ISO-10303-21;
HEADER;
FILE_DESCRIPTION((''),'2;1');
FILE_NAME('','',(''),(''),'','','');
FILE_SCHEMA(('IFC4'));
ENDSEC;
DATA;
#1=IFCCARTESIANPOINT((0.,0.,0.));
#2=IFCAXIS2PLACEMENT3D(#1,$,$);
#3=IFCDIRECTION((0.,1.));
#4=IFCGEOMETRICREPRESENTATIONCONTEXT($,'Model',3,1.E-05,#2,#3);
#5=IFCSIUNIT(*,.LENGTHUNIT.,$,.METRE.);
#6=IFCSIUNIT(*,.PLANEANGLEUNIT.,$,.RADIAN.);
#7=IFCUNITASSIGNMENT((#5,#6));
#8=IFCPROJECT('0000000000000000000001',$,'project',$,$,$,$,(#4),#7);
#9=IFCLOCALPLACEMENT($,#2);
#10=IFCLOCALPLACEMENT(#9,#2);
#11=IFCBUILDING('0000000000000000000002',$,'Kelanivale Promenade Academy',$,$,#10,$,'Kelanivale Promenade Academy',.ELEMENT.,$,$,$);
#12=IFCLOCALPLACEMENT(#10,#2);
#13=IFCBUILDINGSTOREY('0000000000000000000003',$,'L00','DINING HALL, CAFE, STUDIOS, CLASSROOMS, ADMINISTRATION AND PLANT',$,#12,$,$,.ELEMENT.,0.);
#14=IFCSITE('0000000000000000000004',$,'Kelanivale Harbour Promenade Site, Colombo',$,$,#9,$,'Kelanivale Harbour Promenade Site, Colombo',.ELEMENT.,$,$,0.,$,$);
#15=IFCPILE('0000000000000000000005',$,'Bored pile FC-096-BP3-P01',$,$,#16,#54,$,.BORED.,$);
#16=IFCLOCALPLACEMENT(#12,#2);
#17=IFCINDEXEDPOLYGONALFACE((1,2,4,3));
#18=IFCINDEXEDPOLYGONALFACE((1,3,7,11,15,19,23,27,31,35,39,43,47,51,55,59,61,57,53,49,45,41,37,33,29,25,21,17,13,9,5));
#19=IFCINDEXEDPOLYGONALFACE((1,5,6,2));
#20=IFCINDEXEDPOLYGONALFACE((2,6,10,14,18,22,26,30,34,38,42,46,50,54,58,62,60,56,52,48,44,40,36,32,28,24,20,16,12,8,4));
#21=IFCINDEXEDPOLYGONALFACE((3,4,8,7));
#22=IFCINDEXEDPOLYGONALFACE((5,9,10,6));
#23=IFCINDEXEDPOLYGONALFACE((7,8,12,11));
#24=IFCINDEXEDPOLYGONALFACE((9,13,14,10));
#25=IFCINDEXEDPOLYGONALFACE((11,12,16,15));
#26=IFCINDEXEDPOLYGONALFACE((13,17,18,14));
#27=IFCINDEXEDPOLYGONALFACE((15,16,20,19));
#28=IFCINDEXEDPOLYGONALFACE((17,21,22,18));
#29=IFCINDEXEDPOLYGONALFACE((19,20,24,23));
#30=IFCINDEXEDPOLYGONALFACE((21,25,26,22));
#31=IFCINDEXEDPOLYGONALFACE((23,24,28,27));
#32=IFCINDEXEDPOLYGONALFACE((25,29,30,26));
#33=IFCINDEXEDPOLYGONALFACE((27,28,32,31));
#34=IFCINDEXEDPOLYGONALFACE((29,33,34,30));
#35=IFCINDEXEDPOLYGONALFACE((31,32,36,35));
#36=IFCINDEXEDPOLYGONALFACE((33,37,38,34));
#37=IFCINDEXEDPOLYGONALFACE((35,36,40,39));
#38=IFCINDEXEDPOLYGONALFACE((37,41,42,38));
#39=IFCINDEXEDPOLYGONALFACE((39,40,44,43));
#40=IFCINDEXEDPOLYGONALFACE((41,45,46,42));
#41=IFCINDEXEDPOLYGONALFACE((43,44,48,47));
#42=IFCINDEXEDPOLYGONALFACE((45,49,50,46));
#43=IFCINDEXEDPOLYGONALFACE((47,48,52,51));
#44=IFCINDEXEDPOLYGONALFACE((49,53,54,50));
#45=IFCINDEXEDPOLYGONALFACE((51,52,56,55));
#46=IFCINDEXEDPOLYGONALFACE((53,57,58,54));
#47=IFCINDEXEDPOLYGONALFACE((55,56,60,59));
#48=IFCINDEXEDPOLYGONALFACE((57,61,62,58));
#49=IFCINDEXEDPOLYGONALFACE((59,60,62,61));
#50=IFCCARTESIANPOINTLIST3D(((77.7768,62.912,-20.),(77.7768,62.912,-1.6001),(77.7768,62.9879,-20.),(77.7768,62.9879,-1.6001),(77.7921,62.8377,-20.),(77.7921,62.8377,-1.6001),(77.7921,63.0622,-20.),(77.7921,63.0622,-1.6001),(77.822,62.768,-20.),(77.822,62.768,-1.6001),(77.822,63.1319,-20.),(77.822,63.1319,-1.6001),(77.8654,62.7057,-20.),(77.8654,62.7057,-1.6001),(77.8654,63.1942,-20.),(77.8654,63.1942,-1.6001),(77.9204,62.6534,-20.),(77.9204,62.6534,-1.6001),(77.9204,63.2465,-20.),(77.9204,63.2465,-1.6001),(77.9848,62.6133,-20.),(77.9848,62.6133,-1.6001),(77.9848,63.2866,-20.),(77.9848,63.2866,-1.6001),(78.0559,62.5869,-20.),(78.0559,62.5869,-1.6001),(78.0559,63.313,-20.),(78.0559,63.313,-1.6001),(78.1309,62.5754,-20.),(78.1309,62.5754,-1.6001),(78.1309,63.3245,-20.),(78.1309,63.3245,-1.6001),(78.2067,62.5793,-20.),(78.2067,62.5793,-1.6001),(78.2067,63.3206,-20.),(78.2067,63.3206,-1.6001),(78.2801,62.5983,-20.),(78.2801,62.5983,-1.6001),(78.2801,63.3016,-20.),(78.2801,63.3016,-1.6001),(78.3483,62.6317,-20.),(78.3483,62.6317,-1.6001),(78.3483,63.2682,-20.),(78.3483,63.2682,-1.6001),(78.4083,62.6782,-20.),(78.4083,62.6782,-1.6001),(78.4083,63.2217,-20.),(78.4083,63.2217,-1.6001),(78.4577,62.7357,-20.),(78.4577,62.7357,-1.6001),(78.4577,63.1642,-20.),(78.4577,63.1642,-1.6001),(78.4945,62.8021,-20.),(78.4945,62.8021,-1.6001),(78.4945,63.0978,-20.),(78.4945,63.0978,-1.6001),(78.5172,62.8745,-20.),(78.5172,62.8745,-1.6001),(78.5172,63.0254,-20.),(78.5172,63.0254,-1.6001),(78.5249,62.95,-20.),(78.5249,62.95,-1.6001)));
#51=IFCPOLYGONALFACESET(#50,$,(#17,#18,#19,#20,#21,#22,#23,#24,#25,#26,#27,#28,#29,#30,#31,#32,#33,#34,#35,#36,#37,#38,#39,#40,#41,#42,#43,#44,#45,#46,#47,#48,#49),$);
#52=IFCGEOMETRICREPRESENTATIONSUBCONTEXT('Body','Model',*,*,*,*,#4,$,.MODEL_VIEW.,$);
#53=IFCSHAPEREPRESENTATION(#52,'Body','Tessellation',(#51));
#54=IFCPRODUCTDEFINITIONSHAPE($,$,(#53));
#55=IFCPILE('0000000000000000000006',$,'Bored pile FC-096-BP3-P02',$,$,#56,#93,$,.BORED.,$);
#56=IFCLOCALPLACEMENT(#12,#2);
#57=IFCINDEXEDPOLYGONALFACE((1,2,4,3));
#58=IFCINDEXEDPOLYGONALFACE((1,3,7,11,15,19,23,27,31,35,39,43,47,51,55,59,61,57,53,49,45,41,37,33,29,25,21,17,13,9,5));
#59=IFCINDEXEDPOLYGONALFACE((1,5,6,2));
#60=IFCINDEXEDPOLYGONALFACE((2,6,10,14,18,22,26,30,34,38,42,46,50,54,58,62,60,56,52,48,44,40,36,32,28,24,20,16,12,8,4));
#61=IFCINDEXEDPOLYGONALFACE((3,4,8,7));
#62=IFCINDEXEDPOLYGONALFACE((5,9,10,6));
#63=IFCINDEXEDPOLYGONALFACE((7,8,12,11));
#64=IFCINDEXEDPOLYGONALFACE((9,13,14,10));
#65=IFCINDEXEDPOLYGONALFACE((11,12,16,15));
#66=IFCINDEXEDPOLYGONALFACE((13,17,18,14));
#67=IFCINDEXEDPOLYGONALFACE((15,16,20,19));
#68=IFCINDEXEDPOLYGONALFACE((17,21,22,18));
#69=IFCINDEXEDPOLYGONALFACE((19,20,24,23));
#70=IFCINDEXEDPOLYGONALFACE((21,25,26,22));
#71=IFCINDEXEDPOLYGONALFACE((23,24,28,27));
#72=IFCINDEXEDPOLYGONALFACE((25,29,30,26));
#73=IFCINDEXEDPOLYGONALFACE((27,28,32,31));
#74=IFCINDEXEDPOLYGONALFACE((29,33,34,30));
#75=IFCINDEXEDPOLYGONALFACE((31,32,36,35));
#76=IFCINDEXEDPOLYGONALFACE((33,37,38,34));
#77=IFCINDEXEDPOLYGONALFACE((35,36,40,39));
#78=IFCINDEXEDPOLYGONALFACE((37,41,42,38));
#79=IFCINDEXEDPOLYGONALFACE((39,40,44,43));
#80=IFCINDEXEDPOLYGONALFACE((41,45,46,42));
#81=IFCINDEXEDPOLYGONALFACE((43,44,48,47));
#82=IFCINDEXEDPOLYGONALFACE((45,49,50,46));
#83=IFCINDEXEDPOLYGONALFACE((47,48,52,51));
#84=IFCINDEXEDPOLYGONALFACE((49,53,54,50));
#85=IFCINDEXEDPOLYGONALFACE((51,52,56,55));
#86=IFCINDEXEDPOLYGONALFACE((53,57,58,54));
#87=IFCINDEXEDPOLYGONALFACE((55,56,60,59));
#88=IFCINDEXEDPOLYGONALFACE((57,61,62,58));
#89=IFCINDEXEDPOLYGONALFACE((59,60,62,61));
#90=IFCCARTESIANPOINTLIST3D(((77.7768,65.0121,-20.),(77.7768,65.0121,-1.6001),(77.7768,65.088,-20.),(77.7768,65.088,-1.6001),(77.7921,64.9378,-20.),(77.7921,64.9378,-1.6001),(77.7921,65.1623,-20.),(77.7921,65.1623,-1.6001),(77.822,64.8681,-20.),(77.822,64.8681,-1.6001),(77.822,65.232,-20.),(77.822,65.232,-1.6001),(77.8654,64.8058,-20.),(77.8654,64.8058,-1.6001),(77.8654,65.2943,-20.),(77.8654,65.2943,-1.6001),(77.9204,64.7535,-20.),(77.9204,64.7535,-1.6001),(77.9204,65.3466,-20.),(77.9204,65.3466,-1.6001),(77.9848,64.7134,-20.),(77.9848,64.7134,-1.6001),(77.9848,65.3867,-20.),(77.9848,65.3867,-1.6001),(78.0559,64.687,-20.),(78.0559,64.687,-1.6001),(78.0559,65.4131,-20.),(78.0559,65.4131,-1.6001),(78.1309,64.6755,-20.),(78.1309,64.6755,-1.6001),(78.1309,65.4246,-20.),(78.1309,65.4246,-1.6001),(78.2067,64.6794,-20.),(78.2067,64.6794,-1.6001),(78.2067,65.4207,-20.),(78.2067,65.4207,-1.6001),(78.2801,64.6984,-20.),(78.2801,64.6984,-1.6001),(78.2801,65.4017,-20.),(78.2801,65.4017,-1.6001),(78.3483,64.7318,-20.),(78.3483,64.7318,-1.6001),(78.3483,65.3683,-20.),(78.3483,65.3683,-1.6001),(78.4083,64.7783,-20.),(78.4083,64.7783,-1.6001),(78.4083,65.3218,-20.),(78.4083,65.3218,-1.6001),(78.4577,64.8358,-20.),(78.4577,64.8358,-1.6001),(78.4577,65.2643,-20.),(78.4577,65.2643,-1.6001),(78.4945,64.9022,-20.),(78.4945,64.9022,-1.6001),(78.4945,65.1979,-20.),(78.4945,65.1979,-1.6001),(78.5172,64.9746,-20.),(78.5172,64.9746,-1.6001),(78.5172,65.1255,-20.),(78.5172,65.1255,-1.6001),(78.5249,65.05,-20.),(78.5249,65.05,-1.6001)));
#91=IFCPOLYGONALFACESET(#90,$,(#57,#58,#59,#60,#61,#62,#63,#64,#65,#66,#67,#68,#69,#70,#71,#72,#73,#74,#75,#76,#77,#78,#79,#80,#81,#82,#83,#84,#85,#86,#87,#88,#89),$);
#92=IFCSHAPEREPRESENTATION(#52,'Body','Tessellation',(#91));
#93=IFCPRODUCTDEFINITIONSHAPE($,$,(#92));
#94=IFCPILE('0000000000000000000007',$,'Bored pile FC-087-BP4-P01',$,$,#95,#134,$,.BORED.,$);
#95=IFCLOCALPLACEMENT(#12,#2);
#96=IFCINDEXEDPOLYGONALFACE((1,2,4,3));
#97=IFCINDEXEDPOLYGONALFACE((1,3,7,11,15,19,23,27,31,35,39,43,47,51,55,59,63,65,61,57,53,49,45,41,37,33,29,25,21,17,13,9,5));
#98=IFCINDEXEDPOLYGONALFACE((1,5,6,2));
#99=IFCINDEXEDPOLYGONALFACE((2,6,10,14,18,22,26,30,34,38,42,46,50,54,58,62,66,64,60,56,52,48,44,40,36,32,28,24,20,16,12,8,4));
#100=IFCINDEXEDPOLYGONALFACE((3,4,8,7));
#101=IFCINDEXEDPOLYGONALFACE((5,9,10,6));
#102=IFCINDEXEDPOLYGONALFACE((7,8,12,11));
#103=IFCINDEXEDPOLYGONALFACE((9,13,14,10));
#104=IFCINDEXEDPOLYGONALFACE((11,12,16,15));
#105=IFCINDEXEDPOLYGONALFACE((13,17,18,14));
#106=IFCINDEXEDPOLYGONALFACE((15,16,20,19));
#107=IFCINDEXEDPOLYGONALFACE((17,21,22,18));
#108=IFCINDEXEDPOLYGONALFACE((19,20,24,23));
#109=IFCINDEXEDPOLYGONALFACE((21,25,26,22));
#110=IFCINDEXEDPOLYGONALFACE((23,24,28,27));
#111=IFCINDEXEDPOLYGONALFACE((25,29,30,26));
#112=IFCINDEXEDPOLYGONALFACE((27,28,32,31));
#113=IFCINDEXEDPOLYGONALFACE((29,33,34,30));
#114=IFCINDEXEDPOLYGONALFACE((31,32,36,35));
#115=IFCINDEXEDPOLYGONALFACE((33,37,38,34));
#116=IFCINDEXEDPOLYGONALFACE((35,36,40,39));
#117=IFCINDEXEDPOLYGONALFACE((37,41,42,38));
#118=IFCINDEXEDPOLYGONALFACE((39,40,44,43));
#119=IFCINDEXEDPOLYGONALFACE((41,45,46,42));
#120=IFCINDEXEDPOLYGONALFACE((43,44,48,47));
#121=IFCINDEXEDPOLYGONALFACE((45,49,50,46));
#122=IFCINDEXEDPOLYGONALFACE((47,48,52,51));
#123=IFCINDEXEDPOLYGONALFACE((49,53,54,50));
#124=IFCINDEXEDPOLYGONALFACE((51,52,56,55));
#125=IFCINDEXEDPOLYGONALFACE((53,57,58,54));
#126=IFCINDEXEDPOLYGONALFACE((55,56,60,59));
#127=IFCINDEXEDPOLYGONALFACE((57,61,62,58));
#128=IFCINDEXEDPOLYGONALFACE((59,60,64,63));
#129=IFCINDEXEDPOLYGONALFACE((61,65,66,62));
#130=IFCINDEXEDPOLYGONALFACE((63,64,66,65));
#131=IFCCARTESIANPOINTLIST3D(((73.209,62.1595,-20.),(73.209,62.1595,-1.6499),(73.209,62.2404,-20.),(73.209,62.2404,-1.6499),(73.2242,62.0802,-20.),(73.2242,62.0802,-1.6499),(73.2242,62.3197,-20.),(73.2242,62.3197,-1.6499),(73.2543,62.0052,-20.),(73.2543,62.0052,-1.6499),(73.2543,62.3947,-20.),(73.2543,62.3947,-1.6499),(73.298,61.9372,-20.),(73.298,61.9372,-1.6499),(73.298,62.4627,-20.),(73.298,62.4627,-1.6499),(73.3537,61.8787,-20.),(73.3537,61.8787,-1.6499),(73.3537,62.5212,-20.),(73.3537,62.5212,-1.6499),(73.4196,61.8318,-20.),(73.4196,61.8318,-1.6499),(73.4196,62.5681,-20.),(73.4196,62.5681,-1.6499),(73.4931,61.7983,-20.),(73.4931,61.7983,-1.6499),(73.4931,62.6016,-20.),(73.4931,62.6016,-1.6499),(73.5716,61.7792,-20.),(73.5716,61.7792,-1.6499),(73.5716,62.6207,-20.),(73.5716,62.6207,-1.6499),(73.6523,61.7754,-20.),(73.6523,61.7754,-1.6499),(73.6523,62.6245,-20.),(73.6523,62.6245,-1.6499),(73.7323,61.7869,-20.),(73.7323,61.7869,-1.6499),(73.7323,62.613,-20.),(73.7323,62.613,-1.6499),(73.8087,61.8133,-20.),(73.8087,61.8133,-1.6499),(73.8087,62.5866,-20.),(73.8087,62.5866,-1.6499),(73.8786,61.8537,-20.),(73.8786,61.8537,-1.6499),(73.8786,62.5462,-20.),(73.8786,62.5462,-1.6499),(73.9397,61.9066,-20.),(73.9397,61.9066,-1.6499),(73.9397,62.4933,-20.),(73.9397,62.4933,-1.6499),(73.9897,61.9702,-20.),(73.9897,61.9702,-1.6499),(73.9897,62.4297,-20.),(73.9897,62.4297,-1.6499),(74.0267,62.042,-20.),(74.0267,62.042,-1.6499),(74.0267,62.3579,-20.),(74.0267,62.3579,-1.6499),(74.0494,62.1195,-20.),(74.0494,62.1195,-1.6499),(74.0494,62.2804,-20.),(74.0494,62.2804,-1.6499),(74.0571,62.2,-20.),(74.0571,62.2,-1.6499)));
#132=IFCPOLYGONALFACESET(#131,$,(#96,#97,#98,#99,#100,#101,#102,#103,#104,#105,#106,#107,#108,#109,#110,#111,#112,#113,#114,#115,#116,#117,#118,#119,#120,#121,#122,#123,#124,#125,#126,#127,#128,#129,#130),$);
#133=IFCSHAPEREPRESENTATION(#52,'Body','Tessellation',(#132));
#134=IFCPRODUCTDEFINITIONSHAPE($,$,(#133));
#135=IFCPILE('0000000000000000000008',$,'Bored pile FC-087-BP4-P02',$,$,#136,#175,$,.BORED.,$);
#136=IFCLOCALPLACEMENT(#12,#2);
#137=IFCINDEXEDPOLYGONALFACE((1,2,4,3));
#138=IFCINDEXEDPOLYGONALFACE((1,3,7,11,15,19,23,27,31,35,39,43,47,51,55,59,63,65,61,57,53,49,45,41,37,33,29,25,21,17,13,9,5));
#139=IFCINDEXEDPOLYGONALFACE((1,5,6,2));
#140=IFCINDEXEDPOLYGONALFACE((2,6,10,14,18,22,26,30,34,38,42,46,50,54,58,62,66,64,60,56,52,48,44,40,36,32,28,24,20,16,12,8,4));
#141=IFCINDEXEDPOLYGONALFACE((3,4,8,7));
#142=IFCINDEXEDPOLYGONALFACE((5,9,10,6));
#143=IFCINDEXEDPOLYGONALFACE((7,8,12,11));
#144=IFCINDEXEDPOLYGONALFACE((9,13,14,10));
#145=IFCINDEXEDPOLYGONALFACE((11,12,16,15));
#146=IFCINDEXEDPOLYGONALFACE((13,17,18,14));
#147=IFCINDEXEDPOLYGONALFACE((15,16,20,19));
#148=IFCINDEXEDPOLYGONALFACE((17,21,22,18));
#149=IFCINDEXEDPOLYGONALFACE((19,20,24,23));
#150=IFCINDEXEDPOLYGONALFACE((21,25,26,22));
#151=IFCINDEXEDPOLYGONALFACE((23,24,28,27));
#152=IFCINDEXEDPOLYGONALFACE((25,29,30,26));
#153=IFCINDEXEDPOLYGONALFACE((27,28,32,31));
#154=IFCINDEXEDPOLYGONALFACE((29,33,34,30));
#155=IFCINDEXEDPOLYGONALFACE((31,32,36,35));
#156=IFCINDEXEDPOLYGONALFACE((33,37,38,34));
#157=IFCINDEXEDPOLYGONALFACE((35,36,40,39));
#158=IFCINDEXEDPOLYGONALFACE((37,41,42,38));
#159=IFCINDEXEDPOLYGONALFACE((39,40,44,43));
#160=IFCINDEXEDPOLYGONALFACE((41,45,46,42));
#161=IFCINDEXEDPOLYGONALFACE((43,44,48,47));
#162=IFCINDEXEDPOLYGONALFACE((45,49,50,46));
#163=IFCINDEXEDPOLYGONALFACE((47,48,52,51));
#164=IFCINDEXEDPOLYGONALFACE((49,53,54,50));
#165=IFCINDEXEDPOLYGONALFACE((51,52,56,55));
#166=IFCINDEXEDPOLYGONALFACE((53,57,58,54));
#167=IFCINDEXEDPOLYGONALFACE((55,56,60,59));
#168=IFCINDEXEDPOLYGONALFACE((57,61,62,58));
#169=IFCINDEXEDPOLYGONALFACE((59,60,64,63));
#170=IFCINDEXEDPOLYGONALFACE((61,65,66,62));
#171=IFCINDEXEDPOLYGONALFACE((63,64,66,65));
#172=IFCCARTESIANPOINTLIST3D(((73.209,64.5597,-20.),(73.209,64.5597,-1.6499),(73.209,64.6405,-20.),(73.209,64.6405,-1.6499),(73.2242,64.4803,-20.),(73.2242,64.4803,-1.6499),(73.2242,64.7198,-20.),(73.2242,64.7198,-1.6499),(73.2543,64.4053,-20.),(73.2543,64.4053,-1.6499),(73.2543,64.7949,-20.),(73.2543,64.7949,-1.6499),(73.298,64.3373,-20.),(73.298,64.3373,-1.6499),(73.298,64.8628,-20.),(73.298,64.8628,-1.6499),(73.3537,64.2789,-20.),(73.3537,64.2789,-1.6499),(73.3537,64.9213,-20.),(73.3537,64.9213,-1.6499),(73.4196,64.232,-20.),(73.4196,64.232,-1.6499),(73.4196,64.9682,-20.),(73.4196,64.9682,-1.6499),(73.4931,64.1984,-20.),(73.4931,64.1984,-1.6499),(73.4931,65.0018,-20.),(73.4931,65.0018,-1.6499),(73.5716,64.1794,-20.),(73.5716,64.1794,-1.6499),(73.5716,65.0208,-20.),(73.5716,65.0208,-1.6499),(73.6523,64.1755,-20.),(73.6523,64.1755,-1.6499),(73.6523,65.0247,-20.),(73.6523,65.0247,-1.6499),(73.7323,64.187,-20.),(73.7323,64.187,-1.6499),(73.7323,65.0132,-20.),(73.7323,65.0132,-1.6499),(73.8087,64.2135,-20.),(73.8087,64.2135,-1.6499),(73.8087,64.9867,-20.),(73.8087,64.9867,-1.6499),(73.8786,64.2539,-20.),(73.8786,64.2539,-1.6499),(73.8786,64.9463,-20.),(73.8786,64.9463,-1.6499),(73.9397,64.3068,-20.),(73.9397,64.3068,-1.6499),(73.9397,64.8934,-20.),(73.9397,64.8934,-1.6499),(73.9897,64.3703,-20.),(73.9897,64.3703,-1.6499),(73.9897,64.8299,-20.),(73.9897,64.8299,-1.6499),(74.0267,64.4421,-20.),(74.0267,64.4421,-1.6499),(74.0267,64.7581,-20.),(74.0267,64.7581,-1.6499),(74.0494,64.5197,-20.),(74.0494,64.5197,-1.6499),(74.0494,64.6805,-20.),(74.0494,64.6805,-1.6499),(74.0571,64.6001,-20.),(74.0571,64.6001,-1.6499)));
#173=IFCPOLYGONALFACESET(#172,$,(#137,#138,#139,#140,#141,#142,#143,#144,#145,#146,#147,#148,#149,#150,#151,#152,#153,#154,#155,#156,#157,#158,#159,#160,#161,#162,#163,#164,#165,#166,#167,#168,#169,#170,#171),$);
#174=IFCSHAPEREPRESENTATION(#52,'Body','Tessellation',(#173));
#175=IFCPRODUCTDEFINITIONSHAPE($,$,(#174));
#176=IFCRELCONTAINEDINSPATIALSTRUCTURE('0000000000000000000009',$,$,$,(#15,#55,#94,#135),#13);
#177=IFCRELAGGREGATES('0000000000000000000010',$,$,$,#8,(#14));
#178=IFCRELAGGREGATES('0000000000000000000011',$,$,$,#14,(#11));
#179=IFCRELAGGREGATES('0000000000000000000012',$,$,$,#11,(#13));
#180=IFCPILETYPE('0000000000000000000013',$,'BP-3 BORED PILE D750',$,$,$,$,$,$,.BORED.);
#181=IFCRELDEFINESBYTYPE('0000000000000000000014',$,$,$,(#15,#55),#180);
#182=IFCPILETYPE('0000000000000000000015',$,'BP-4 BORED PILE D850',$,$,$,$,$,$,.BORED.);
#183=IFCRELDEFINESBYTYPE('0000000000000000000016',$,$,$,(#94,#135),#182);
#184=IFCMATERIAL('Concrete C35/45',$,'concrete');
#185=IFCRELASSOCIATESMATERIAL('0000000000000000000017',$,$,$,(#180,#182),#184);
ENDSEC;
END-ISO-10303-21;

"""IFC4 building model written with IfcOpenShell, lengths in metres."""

from ifc_helpers import new_model, si_unit, direction, frame, origin, origin_2d, place, context, subcontext, project, spatial, circle, extrude, material, material_profile, profile_set, type_object, element, save


model = new_model("IFC4")

# Units and contexts
model_context = context("Model", 3, precision=1e-05, world=origin(), true_north=direction((0.0, 1.0)))
body_context = subcontext(model_context, "Body", "Model", "MODEL_VIEW")
ifc_project = project(units=[si_unit("LENGTHUNIT", "METRE"), si_unit("PLANEANGLEUNIT", "RADIAN")], contexts=[model_context])

# Site, building, storey
site_placement = place(None, origin())
site = spatial("IfcSite", under=ifc_project, at=site_placement, Name="Kelanivale Harbour Promenade Site, Colombo", LongName="Kelanivale Harbour Promenade Site, Colombo", CompositionType="ELEMENT", RefElevation=0.0)
building_placement = place(site_placement, origin())
building = spatial("IfcBuilding", under=site, at=building_placement, Name="Kelanivale Promenade Academy", LongName="Kelanivale Promenade Academy", CompositionType="ELEMENT")
storey_placement = place(building_placement, origin())
storey = spatial("IfcBuildingStorey", under=building, at=storey_placement, Name="L00", Description="DINING HALL, CAFE, STUDIOS, CLASSROOMS, ADMINISTRATION AND PLANT", CompositionType="ELEMENT", Elevation=0.0)

# Piles
ifc_material_1 = material(Name="Concrete C35/45", Category="concrete")
ifc_material_profile_1 = material_profile(ifc_material_1, circle(Radius=0.375, at=origin_2d()), Name="BORED PILE D750")
ifc_profile_set_1 = profile_set([ifc_material_profile_1], Name="Concrete C35/45")
pile_type_1 = type_object("IfcPileType", Name="BP-3 BORED PILE D750", PredefinedType="BORED", material=ifc_profile_set_1)
for number, where, z_axis, x_axis, name in (
    (1, (78.1499, 62.95, -1.6001), (0.0, 0.0, -1.0), (1.0, 0.0, 0.0), "Bored pile FC-096-BP3-P01"),
    (2, (78.1499, 65.05, -1.6001), (0.0, 0.0, -1.0), (1.0, 0.0, 0.0), "Bored pile FC-096-BP3-P02"),
):
    element("IfcPile", number, at=place(storey_placement, frame(where, z_axis=z_axis, x_axis=x_axis)), inside=storey, type_object=pile_type_1, Name=name, PredefinedType="BORED", context=body_context, shape_type="SweptSolid", body=[
        extrude(circle(Radius=0.375, at=origin_2d()), origin(), (0.0, 0.0, 1.0), 18.3999),
    ])
ifc_material_profile_2 = material_profile(ifc_material_1, circle(Radius=0.425, at=origin_2d()), Name="BORED PILE D850")
ifc_profile_set_2 = profile_set([ifc_material_profile_2], Name="Concrete C35/45")
pile_type_2 = type_object("IfcPileType", Name="BP-4 BORED PILE D850", PredefinedType="BORED", material=ifc_profile_set_2)
for number, where, z_axis, x_axis, name in (
    (3, (73.6321, 62.2, -1.6499), (0.0, 0.0, -1.0), (1.0, 0.0, 0.0), "Bored pile FC-087-BP4-P01"),
    (4, (73.6321, 64.6001, -1.6499), (0.0, 0.0, -1.0), (1.0, 0.0, 0.0), "Bored pile FC-087-BP4-P02"),
):
    element("IfcPile", number, at=place(storey_placement, frame(where, z_axis=z_axis, x_axis=x_axis)), inside=storey, type_object=pile_type_2, Name=name, PredefinedType="BORED", context=body_context, shape_type="SweptSolid", body=[
        extrude(circle(Radius=0.425, at=origin_2d()), origin(), (0.0, 0.0, 1.0), 18.3501),
    ])

save(model, "model.ifc")
